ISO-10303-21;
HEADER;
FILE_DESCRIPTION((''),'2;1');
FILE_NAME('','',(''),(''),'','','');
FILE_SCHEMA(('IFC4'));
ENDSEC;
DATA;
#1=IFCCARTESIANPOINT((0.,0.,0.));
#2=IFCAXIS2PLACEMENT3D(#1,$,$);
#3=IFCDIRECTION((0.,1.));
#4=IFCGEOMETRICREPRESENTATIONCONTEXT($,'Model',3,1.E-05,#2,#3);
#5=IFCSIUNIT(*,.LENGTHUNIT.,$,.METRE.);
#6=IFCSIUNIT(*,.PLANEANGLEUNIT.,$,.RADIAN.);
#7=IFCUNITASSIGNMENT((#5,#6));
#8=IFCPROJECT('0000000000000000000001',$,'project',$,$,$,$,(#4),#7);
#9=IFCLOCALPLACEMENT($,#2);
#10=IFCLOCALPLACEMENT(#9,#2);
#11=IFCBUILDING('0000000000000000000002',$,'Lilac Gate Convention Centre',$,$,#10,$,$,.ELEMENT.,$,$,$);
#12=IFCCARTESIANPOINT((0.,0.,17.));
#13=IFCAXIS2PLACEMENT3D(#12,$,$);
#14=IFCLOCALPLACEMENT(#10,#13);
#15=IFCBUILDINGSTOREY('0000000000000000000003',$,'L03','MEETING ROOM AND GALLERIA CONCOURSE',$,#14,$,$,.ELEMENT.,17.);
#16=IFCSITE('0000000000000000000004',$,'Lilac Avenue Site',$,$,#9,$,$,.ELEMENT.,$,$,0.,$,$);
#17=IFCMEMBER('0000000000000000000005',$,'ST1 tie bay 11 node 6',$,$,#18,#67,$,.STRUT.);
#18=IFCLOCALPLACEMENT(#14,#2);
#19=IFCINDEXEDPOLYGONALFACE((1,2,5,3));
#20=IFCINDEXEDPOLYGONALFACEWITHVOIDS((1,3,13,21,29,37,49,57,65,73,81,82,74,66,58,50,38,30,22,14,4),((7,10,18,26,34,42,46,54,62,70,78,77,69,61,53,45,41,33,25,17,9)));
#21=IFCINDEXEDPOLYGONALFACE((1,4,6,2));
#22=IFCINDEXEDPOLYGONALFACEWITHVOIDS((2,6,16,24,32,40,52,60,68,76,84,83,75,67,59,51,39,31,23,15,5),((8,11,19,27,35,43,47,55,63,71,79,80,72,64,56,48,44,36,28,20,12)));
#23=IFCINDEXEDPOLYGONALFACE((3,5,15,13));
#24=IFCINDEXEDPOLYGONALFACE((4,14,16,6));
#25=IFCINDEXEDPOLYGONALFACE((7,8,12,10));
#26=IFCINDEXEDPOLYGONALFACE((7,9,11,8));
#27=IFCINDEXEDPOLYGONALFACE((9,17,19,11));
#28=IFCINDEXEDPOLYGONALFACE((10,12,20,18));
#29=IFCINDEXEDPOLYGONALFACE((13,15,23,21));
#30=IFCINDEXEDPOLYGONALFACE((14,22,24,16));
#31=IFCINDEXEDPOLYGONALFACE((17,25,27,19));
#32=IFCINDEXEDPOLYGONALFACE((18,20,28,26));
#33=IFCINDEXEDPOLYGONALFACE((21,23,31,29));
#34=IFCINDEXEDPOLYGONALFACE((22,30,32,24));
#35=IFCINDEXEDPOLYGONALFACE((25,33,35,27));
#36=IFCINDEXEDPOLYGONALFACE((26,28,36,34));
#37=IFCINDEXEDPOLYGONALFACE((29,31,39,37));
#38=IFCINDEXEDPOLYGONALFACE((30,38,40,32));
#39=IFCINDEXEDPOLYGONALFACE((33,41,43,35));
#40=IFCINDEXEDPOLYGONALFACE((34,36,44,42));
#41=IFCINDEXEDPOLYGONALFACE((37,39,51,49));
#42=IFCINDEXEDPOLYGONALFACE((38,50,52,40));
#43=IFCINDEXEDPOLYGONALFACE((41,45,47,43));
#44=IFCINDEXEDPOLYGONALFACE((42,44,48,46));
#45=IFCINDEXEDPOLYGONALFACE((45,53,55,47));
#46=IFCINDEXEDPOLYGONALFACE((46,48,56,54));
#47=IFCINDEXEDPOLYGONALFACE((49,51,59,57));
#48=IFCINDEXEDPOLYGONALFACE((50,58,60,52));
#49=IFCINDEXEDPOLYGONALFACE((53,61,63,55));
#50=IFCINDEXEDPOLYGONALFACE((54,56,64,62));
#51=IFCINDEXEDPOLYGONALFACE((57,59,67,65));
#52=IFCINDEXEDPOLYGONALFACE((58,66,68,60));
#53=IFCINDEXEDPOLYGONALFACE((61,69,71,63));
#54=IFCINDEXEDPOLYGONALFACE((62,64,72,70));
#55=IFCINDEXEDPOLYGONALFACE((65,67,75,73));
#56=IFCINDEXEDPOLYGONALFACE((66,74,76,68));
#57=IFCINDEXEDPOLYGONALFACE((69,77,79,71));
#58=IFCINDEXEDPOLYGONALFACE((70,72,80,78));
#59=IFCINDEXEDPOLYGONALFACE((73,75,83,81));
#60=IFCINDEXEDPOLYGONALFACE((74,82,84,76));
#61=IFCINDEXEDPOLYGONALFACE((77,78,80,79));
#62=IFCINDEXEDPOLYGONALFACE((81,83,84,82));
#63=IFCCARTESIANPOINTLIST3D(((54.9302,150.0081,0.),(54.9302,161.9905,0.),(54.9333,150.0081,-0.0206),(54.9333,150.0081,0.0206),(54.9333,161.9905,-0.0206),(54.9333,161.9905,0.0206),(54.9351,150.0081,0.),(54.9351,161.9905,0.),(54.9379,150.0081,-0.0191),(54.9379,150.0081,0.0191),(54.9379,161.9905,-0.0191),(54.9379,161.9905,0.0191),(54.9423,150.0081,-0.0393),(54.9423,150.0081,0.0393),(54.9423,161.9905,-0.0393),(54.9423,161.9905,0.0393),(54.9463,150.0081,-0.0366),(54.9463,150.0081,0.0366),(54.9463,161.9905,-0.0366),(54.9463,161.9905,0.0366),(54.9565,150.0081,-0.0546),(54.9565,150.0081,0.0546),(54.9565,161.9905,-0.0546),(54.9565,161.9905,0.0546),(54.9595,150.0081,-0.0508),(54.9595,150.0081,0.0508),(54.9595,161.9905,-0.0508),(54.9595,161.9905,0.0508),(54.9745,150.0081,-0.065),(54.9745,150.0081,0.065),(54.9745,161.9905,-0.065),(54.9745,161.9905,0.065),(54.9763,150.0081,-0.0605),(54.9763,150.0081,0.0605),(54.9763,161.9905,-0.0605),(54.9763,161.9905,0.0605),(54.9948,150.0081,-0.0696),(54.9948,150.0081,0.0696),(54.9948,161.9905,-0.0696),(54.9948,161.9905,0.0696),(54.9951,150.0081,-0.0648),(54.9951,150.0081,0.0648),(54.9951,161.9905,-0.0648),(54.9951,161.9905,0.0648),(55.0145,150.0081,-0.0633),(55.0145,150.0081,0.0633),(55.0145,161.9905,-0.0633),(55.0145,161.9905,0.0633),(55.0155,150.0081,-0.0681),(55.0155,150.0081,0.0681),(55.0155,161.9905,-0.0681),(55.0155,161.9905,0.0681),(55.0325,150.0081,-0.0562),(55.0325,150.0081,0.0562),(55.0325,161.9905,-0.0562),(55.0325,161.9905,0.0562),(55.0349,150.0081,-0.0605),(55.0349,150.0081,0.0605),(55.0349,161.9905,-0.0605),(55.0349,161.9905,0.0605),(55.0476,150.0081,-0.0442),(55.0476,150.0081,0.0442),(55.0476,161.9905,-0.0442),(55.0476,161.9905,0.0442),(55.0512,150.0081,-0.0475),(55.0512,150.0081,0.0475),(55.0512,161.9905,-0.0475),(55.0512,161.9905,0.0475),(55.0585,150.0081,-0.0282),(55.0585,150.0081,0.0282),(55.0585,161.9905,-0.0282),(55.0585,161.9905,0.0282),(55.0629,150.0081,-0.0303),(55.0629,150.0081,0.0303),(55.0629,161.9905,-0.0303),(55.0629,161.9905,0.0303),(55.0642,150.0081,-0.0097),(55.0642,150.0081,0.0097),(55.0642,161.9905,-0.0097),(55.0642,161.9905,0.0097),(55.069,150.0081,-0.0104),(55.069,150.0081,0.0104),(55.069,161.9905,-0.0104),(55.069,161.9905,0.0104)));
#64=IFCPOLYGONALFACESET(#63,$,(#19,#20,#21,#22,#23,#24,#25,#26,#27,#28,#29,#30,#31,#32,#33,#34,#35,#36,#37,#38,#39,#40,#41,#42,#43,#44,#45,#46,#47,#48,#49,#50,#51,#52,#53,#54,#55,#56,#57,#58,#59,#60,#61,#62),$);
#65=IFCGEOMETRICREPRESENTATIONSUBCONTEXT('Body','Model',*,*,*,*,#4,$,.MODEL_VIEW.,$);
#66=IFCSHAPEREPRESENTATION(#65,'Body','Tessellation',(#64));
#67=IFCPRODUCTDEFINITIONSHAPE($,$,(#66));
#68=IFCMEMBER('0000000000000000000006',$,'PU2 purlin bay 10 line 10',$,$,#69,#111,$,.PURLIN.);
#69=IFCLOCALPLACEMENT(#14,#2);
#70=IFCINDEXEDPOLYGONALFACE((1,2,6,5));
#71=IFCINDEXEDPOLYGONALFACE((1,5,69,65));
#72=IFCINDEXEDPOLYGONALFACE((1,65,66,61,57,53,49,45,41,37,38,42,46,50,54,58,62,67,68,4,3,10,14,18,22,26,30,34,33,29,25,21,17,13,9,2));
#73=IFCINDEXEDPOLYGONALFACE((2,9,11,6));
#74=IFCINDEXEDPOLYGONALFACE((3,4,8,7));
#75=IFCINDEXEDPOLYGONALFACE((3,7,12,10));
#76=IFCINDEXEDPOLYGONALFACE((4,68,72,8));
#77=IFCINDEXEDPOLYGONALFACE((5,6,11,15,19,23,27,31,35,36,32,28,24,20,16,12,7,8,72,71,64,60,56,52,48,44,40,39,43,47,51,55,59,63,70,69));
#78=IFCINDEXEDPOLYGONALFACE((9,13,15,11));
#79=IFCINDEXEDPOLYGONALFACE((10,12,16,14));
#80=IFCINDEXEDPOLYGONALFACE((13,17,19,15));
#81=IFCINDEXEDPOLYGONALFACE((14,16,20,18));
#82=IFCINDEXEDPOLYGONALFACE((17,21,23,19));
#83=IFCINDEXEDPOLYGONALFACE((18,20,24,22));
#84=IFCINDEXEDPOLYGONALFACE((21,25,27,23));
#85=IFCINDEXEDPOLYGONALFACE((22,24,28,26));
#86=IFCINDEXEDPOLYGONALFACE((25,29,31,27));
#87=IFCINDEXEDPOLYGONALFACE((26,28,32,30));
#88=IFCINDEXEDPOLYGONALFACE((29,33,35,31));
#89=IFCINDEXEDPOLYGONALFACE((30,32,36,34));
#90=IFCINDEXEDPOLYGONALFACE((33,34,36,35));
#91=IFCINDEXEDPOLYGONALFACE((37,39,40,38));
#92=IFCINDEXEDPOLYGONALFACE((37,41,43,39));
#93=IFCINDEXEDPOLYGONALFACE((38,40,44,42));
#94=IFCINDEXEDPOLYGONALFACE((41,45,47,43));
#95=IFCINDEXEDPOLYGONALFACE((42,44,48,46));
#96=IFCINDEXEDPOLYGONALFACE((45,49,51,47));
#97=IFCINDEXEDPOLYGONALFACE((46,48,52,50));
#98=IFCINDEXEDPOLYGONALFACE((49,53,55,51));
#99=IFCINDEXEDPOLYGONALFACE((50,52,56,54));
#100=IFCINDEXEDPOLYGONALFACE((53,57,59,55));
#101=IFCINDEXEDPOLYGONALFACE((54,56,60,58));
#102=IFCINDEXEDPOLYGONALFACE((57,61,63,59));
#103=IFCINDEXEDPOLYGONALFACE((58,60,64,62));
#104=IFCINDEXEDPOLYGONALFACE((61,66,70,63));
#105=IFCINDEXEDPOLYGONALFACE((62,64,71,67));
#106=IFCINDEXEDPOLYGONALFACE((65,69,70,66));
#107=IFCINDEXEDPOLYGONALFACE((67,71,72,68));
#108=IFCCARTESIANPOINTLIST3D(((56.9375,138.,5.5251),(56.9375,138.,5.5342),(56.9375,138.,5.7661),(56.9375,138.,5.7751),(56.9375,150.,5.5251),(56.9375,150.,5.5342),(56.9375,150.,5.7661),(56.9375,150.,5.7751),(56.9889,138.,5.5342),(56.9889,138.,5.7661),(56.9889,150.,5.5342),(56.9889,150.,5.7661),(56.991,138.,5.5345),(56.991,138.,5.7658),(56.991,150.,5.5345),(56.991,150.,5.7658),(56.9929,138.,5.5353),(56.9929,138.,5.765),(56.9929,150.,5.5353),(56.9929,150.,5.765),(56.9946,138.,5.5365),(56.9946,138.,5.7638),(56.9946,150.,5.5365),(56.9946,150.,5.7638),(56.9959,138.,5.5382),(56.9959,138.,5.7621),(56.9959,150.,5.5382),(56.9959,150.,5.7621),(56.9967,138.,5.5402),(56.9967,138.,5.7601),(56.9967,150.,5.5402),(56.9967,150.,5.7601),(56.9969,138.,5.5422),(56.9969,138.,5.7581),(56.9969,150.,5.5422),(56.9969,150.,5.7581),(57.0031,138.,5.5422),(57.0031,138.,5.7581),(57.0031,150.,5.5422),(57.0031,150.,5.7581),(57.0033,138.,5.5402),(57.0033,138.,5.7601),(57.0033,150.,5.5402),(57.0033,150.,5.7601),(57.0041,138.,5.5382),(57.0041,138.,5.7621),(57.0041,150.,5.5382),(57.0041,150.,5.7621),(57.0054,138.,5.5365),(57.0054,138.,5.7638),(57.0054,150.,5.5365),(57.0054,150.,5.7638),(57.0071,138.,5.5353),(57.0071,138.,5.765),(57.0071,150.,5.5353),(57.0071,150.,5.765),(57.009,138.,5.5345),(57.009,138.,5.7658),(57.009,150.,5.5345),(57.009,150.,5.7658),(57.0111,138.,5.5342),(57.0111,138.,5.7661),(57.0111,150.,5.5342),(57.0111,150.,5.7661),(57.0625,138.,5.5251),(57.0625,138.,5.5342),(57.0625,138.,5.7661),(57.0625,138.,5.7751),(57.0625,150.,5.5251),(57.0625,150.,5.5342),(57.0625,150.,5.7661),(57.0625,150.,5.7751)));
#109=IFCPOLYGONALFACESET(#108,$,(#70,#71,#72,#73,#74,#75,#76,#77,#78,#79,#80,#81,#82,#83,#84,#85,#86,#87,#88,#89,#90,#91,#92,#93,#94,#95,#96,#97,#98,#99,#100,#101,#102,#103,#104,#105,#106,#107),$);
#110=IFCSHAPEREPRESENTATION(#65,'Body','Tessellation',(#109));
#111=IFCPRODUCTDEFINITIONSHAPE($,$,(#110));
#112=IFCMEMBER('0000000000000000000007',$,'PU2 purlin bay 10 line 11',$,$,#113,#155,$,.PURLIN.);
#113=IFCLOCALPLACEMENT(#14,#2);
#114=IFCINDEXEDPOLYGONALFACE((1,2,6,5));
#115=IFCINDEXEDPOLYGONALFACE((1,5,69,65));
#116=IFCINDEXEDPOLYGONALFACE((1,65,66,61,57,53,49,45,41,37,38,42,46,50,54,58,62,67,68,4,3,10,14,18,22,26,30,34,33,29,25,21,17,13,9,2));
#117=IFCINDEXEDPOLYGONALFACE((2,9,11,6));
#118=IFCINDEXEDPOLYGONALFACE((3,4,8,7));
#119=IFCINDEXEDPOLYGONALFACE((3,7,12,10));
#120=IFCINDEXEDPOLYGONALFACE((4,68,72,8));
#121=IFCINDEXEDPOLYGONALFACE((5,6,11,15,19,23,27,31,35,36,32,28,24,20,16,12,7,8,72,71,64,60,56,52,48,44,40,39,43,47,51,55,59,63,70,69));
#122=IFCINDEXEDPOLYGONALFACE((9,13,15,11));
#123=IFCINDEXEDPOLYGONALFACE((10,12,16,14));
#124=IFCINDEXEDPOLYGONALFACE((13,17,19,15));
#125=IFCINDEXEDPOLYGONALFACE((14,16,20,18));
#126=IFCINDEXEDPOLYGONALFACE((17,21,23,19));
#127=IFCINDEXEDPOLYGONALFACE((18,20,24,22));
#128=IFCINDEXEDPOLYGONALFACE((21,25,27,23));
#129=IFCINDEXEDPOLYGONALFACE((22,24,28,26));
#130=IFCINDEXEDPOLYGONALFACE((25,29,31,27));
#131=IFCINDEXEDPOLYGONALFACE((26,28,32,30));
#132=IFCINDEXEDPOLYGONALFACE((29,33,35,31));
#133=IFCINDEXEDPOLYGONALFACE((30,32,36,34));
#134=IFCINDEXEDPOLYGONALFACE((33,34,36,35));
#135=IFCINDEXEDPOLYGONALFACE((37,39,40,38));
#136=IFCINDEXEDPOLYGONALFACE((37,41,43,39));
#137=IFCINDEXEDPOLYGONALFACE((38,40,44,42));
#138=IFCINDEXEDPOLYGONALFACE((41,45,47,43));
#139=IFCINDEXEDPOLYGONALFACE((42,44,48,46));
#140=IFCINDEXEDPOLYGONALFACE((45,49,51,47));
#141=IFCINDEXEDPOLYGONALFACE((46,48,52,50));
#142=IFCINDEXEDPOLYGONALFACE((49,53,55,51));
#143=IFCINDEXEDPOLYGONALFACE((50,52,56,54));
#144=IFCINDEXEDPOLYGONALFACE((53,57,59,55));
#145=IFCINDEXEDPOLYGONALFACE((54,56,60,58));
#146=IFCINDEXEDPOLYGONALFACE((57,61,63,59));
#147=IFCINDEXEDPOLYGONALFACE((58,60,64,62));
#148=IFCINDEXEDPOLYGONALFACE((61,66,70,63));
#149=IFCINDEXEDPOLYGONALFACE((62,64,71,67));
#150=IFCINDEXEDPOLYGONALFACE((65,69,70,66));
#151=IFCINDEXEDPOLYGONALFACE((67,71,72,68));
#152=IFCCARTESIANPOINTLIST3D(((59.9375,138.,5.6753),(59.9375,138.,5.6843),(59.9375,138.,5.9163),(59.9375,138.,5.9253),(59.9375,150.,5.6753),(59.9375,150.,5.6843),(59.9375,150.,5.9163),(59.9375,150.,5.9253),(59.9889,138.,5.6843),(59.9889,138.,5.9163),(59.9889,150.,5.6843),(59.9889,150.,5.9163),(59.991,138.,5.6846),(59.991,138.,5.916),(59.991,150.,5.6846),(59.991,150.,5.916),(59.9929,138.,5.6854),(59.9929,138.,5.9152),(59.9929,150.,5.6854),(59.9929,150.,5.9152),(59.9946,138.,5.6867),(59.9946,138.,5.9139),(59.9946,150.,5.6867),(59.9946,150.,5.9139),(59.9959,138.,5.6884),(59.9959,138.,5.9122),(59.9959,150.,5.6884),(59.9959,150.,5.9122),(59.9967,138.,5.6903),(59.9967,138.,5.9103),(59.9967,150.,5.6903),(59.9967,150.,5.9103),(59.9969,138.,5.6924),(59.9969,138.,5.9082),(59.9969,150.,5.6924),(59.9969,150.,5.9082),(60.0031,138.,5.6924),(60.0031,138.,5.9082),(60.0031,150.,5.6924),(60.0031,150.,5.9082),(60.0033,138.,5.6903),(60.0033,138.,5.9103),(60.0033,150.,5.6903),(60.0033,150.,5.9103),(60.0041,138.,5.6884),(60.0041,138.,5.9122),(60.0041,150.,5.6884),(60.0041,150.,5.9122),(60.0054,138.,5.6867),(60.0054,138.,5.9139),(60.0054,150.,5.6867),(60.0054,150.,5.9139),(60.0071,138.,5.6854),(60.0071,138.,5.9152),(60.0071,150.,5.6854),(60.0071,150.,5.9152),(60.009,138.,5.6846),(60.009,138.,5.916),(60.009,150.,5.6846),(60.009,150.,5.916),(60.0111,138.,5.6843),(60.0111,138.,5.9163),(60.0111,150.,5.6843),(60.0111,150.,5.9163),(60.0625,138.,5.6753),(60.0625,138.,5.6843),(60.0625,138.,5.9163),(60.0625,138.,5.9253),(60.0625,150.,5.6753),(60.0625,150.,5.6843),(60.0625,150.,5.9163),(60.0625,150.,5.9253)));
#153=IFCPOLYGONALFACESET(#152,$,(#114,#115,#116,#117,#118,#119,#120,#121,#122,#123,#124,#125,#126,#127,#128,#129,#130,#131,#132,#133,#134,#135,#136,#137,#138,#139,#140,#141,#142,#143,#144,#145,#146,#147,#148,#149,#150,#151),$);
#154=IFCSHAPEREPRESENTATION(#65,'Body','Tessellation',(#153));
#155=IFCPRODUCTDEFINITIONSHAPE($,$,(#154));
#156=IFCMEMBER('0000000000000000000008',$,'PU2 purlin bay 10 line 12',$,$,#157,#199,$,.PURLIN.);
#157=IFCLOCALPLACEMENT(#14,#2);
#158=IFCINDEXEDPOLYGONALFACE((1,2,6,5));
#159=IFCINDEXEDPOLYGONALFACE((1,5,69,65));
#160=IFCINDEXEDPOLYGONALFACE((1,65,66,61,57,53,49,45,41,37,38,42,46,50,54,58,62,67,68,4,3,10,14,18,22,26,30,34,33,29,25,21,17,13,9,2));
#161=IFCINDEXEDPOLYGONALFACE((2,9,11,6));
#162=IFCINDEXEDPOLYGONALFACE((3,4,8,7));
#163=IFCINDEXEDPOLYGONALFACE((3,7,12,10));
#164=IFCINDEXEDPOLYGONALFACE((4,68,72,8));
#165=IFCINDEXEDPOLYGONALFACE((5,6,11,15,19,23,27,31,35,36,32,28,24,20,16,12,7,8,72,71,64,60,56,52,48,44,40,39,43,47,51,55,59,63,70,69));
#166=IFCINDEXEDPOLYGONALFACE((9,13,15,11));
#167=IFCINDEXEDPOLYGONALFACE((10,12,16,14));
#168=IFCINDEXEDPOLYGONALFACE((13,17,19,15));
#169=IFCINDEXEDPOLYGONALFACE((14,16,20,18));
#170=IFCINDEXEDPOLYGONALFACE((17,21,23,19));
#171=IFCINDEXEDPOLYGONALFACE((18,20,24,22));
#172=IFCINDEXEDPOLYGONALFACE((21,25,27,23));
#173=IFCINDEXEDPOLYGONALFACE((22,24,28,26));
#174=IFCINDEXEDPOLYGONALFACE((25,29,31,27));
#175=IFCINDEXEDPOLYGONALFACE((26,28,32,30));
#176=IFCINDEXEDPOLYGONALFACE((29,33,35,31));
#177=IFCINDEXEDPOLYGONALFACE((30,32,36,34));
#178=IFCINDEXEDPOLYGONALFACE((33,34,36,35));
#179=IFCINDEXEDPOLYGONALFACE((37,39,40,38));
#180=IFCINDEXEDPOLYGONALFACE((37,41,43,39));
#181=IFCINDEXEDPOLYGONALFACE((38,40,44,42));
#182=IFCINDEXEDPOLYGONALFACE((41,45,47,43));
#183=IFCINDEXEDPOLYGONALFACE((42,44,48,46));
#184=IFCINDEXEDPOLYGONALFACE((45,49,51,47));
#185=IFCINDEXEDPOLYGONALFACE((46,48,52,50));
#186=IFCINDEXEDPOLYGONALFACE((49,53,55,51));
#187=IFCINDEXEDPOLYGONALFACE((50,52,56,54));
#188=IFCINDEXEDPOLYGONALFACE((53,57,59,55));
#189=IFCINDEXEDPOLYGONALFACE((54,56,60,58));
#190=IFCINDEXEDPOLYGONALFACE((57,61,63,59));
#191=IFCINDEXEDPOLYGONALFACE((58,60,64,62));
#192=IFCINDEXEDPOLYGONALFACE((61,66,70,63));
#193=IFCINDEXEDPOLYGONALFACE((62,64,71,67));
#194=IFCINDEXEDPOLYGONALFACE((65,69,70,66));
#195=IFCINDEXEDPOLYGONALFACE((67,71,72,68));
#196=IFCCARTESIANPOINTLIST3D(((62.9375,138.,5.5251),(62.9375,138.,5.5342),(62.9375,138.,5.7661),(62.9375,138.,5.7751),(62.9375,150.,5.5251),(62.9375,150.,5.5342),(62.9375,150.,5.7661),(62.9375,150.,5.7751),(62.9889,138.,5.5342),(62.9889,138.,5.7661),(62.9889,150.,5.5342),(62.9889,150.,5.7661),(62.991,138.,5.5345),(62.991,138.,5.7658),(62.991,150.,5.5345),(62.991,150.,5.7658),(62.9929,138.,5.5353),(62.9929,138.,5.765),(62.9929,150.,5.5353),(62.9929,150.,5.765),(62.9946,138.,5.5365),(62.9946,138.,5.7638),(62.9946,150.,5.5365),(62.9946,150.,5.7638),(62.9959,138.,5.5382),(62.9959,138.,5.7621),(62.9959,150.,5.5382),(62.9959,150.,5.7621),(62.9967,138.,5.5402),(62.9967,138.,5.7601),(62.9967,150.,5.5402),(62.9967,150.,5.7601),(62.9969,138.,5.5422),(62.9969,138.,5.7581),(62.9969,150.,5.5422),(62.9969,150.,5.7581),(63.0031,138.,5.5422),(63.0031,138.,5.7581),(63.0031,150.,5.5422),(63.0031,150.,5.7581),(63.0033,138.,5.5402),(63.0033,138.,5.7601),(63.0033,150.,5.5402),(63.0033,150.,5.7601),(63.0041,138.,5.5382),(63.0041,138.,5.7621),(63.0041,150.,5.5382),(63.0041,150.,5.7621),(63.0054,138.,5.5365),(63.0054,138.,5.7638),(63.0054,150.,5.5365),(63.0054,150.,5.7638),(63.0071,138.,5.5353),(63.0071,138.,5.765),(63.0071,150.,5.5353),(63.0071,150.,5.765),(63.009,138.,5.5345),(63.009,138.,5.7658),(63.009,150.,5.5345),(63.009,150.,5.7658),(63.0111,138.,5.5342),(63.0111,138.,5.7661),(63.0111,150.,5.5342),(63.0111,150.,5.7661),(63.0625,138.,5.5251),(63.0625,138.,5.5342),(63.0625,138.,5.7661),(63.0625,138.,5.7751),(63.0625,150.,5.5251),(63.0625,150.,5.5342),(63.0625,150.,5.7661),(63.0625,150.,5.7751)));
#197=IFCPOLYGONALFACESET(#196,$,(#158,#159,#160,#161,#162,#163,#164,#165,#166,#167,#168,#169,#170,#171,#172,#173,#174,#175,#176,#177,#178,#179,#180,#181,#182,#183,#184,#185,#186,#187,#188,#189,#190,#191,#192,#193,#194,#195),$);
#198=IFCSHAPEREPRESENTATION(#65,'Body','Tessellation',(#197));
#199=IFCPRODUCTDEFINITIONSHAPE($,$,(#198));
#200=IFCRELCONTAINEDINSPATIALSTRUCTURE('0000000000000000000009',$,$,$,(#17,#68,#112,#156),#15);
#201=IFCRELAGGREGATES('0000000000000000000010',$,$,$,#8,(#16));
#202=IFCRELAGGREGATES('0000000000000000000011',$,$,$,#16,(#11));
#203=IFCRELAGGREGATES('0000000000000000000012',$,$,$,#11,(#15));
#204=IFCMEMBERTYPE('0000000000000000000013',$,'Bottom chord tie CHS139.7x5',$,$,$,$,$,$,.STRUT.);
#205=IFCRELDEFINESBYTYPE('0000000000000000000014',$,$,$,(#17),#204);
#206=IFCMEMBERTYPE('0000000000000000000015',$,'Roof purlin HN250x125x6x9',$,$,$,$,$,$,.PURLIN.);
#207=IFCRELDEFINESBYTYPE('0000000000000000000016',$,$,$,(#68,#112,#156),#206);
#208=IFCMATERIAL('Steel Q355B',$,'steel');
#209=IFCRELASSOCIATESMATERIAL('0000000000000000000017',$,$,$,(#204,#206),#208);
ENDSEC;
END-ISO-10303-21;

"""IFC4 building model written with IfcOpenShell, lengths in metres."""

from ifc_helpers import new_model, si_unit, direction, frame, origin, origin_2d, place, context, subcontext, project, spatial, hollow_circle, i_section, extrude, material, material_profile, profile_set, type_object, element, save


model = new_model("IFC4")

# Units and contexts
model_context = context("Model", 3, precision=1e-05, world=origin(), true_north=direction((0.0, 1.0)))
body_context = subcontext(model_context, "Body", "Model", "MODEL_VIEW")
ifc_project = project(units=[si_unit("LENGTHUNIT", "METRE"), si_unit("PLANEANGLEUNIT", "RADIAN")], contexts=[model_context])

# Site, building, storey
site_placement = place(None, origin())
site = spatial("IfcSite", under=ifc_project, at=site_placement, Name="Lilac Avenue Site", CompositionType="ELEMENT", RefElevation=0.0)
building_placement = place(site_placement, origin())
building = spatial("IfcBuilding", under=site, at=building_placement, Name="Lilac Gate Convention Centre", CompositionType="ELEMENT")
storey_placement = place(building_placement, frame((0.0, 0.0, 17.0)))
storey = spatial("IfcBuildingStorey", under=building, at=storey_placement, Name="L03", Description="MEETING ROOM AND GALLERIA CONCOURSE", CompositionType="ELEMENT", Elevation=17.0)

# Members
ifc_material = material(Name="Steel Q355B", Category="steel")
ifc_material_profile_1 = material_profile(ifc_material, hollow_circle(Radius=0.0698, WallThickness=0.0049, at=origin_2d()), Name="CHS139.7x5")
ifc_profile_set_1 = profile_set([ifc_material_profile_1], Name="Steel Q355B")
member_type_1 = type_object("IfcMemberType", Name="Bottom chord tie CHS139.7x5", PredefinedType="STRUT", material=ifc_profile_set_1)
member_1_placement = place(storey_placement, frame((55.0, 150.0081, 0.0), z_axis=(0.0, 1.0, 0.0), x_axis=(-1.0, 0.0, 0.0)))
element("IfcMember", 1, at=member_1_placement, inside=storey, type_object=member_type_1, Name="ST1 tie bay 11 node 6", PredefinedType="STRUT", context=body_context, shape_type="SweptSolid", body=[
    extrude(hollow_circle(Radius=0.0698, WallThickness=0.0049, at=origin_2d()), origin(), (0.0, 0.0, 1.0), 11.9824),
])
ifc_material_profile_2 = material_profile(ifc_material, i_section(OverallWidth=0.125, OverallDepth=0.25, WebThickness=0.0061, FlangeThickness=0.009, FilletRadius=0.0081, at=origin_2d()), Name="HN250x125x6x9")
ifc_profile_set_2 = profile_set([ifc_material_profile_2], Name="Steel Q355B")
member_type_2 = type_object("IfcMemberType", Name="Roof purlin HN250x125x6x9", PredefinedType="PURLIN", material=ifc_profile_set_2)
for number, where, z_axis, x_axis, name in (
    (2, (57.0, 138.0, 5.6501), (0.0, 1.0, 0.0), (-1.0, 0.0, 0.0), "PU2 purlin bay 10 line 10"),
    (3, (60.0, 138.0, 5.8003), (0.0, 1.0, 0.0), (-1.0, 0.0, 0.0), "PU2 purlin bay 10 line 11"),
    (4, (63.0, 138.0, 5.6501), (0.0, 1.0, 0.0), (-1.0, 0.0, 0.0), "PU2 purlin bay 10 line 12"),
):
    element("IfcMember", number, at=place(storey_placement, frame(where, z_axis=z_axis, x_axis=x_axis)), inside=storey, type_object=member_type_2, Name=name, PredefinedType="PURLIN", context=body_context, shape_type="SweptSolid", body=[
        extrude(i_section(OverallWidth=0.125, OverallDepth=0.25, WebThickness=0.0061, FlangeThickness=0.009, FilletRadius=0.0081, at=origin_2d()), origin(), (0.0, 0.0, 1.0), 12.0),
    ])

save(model, "model.ifc")
